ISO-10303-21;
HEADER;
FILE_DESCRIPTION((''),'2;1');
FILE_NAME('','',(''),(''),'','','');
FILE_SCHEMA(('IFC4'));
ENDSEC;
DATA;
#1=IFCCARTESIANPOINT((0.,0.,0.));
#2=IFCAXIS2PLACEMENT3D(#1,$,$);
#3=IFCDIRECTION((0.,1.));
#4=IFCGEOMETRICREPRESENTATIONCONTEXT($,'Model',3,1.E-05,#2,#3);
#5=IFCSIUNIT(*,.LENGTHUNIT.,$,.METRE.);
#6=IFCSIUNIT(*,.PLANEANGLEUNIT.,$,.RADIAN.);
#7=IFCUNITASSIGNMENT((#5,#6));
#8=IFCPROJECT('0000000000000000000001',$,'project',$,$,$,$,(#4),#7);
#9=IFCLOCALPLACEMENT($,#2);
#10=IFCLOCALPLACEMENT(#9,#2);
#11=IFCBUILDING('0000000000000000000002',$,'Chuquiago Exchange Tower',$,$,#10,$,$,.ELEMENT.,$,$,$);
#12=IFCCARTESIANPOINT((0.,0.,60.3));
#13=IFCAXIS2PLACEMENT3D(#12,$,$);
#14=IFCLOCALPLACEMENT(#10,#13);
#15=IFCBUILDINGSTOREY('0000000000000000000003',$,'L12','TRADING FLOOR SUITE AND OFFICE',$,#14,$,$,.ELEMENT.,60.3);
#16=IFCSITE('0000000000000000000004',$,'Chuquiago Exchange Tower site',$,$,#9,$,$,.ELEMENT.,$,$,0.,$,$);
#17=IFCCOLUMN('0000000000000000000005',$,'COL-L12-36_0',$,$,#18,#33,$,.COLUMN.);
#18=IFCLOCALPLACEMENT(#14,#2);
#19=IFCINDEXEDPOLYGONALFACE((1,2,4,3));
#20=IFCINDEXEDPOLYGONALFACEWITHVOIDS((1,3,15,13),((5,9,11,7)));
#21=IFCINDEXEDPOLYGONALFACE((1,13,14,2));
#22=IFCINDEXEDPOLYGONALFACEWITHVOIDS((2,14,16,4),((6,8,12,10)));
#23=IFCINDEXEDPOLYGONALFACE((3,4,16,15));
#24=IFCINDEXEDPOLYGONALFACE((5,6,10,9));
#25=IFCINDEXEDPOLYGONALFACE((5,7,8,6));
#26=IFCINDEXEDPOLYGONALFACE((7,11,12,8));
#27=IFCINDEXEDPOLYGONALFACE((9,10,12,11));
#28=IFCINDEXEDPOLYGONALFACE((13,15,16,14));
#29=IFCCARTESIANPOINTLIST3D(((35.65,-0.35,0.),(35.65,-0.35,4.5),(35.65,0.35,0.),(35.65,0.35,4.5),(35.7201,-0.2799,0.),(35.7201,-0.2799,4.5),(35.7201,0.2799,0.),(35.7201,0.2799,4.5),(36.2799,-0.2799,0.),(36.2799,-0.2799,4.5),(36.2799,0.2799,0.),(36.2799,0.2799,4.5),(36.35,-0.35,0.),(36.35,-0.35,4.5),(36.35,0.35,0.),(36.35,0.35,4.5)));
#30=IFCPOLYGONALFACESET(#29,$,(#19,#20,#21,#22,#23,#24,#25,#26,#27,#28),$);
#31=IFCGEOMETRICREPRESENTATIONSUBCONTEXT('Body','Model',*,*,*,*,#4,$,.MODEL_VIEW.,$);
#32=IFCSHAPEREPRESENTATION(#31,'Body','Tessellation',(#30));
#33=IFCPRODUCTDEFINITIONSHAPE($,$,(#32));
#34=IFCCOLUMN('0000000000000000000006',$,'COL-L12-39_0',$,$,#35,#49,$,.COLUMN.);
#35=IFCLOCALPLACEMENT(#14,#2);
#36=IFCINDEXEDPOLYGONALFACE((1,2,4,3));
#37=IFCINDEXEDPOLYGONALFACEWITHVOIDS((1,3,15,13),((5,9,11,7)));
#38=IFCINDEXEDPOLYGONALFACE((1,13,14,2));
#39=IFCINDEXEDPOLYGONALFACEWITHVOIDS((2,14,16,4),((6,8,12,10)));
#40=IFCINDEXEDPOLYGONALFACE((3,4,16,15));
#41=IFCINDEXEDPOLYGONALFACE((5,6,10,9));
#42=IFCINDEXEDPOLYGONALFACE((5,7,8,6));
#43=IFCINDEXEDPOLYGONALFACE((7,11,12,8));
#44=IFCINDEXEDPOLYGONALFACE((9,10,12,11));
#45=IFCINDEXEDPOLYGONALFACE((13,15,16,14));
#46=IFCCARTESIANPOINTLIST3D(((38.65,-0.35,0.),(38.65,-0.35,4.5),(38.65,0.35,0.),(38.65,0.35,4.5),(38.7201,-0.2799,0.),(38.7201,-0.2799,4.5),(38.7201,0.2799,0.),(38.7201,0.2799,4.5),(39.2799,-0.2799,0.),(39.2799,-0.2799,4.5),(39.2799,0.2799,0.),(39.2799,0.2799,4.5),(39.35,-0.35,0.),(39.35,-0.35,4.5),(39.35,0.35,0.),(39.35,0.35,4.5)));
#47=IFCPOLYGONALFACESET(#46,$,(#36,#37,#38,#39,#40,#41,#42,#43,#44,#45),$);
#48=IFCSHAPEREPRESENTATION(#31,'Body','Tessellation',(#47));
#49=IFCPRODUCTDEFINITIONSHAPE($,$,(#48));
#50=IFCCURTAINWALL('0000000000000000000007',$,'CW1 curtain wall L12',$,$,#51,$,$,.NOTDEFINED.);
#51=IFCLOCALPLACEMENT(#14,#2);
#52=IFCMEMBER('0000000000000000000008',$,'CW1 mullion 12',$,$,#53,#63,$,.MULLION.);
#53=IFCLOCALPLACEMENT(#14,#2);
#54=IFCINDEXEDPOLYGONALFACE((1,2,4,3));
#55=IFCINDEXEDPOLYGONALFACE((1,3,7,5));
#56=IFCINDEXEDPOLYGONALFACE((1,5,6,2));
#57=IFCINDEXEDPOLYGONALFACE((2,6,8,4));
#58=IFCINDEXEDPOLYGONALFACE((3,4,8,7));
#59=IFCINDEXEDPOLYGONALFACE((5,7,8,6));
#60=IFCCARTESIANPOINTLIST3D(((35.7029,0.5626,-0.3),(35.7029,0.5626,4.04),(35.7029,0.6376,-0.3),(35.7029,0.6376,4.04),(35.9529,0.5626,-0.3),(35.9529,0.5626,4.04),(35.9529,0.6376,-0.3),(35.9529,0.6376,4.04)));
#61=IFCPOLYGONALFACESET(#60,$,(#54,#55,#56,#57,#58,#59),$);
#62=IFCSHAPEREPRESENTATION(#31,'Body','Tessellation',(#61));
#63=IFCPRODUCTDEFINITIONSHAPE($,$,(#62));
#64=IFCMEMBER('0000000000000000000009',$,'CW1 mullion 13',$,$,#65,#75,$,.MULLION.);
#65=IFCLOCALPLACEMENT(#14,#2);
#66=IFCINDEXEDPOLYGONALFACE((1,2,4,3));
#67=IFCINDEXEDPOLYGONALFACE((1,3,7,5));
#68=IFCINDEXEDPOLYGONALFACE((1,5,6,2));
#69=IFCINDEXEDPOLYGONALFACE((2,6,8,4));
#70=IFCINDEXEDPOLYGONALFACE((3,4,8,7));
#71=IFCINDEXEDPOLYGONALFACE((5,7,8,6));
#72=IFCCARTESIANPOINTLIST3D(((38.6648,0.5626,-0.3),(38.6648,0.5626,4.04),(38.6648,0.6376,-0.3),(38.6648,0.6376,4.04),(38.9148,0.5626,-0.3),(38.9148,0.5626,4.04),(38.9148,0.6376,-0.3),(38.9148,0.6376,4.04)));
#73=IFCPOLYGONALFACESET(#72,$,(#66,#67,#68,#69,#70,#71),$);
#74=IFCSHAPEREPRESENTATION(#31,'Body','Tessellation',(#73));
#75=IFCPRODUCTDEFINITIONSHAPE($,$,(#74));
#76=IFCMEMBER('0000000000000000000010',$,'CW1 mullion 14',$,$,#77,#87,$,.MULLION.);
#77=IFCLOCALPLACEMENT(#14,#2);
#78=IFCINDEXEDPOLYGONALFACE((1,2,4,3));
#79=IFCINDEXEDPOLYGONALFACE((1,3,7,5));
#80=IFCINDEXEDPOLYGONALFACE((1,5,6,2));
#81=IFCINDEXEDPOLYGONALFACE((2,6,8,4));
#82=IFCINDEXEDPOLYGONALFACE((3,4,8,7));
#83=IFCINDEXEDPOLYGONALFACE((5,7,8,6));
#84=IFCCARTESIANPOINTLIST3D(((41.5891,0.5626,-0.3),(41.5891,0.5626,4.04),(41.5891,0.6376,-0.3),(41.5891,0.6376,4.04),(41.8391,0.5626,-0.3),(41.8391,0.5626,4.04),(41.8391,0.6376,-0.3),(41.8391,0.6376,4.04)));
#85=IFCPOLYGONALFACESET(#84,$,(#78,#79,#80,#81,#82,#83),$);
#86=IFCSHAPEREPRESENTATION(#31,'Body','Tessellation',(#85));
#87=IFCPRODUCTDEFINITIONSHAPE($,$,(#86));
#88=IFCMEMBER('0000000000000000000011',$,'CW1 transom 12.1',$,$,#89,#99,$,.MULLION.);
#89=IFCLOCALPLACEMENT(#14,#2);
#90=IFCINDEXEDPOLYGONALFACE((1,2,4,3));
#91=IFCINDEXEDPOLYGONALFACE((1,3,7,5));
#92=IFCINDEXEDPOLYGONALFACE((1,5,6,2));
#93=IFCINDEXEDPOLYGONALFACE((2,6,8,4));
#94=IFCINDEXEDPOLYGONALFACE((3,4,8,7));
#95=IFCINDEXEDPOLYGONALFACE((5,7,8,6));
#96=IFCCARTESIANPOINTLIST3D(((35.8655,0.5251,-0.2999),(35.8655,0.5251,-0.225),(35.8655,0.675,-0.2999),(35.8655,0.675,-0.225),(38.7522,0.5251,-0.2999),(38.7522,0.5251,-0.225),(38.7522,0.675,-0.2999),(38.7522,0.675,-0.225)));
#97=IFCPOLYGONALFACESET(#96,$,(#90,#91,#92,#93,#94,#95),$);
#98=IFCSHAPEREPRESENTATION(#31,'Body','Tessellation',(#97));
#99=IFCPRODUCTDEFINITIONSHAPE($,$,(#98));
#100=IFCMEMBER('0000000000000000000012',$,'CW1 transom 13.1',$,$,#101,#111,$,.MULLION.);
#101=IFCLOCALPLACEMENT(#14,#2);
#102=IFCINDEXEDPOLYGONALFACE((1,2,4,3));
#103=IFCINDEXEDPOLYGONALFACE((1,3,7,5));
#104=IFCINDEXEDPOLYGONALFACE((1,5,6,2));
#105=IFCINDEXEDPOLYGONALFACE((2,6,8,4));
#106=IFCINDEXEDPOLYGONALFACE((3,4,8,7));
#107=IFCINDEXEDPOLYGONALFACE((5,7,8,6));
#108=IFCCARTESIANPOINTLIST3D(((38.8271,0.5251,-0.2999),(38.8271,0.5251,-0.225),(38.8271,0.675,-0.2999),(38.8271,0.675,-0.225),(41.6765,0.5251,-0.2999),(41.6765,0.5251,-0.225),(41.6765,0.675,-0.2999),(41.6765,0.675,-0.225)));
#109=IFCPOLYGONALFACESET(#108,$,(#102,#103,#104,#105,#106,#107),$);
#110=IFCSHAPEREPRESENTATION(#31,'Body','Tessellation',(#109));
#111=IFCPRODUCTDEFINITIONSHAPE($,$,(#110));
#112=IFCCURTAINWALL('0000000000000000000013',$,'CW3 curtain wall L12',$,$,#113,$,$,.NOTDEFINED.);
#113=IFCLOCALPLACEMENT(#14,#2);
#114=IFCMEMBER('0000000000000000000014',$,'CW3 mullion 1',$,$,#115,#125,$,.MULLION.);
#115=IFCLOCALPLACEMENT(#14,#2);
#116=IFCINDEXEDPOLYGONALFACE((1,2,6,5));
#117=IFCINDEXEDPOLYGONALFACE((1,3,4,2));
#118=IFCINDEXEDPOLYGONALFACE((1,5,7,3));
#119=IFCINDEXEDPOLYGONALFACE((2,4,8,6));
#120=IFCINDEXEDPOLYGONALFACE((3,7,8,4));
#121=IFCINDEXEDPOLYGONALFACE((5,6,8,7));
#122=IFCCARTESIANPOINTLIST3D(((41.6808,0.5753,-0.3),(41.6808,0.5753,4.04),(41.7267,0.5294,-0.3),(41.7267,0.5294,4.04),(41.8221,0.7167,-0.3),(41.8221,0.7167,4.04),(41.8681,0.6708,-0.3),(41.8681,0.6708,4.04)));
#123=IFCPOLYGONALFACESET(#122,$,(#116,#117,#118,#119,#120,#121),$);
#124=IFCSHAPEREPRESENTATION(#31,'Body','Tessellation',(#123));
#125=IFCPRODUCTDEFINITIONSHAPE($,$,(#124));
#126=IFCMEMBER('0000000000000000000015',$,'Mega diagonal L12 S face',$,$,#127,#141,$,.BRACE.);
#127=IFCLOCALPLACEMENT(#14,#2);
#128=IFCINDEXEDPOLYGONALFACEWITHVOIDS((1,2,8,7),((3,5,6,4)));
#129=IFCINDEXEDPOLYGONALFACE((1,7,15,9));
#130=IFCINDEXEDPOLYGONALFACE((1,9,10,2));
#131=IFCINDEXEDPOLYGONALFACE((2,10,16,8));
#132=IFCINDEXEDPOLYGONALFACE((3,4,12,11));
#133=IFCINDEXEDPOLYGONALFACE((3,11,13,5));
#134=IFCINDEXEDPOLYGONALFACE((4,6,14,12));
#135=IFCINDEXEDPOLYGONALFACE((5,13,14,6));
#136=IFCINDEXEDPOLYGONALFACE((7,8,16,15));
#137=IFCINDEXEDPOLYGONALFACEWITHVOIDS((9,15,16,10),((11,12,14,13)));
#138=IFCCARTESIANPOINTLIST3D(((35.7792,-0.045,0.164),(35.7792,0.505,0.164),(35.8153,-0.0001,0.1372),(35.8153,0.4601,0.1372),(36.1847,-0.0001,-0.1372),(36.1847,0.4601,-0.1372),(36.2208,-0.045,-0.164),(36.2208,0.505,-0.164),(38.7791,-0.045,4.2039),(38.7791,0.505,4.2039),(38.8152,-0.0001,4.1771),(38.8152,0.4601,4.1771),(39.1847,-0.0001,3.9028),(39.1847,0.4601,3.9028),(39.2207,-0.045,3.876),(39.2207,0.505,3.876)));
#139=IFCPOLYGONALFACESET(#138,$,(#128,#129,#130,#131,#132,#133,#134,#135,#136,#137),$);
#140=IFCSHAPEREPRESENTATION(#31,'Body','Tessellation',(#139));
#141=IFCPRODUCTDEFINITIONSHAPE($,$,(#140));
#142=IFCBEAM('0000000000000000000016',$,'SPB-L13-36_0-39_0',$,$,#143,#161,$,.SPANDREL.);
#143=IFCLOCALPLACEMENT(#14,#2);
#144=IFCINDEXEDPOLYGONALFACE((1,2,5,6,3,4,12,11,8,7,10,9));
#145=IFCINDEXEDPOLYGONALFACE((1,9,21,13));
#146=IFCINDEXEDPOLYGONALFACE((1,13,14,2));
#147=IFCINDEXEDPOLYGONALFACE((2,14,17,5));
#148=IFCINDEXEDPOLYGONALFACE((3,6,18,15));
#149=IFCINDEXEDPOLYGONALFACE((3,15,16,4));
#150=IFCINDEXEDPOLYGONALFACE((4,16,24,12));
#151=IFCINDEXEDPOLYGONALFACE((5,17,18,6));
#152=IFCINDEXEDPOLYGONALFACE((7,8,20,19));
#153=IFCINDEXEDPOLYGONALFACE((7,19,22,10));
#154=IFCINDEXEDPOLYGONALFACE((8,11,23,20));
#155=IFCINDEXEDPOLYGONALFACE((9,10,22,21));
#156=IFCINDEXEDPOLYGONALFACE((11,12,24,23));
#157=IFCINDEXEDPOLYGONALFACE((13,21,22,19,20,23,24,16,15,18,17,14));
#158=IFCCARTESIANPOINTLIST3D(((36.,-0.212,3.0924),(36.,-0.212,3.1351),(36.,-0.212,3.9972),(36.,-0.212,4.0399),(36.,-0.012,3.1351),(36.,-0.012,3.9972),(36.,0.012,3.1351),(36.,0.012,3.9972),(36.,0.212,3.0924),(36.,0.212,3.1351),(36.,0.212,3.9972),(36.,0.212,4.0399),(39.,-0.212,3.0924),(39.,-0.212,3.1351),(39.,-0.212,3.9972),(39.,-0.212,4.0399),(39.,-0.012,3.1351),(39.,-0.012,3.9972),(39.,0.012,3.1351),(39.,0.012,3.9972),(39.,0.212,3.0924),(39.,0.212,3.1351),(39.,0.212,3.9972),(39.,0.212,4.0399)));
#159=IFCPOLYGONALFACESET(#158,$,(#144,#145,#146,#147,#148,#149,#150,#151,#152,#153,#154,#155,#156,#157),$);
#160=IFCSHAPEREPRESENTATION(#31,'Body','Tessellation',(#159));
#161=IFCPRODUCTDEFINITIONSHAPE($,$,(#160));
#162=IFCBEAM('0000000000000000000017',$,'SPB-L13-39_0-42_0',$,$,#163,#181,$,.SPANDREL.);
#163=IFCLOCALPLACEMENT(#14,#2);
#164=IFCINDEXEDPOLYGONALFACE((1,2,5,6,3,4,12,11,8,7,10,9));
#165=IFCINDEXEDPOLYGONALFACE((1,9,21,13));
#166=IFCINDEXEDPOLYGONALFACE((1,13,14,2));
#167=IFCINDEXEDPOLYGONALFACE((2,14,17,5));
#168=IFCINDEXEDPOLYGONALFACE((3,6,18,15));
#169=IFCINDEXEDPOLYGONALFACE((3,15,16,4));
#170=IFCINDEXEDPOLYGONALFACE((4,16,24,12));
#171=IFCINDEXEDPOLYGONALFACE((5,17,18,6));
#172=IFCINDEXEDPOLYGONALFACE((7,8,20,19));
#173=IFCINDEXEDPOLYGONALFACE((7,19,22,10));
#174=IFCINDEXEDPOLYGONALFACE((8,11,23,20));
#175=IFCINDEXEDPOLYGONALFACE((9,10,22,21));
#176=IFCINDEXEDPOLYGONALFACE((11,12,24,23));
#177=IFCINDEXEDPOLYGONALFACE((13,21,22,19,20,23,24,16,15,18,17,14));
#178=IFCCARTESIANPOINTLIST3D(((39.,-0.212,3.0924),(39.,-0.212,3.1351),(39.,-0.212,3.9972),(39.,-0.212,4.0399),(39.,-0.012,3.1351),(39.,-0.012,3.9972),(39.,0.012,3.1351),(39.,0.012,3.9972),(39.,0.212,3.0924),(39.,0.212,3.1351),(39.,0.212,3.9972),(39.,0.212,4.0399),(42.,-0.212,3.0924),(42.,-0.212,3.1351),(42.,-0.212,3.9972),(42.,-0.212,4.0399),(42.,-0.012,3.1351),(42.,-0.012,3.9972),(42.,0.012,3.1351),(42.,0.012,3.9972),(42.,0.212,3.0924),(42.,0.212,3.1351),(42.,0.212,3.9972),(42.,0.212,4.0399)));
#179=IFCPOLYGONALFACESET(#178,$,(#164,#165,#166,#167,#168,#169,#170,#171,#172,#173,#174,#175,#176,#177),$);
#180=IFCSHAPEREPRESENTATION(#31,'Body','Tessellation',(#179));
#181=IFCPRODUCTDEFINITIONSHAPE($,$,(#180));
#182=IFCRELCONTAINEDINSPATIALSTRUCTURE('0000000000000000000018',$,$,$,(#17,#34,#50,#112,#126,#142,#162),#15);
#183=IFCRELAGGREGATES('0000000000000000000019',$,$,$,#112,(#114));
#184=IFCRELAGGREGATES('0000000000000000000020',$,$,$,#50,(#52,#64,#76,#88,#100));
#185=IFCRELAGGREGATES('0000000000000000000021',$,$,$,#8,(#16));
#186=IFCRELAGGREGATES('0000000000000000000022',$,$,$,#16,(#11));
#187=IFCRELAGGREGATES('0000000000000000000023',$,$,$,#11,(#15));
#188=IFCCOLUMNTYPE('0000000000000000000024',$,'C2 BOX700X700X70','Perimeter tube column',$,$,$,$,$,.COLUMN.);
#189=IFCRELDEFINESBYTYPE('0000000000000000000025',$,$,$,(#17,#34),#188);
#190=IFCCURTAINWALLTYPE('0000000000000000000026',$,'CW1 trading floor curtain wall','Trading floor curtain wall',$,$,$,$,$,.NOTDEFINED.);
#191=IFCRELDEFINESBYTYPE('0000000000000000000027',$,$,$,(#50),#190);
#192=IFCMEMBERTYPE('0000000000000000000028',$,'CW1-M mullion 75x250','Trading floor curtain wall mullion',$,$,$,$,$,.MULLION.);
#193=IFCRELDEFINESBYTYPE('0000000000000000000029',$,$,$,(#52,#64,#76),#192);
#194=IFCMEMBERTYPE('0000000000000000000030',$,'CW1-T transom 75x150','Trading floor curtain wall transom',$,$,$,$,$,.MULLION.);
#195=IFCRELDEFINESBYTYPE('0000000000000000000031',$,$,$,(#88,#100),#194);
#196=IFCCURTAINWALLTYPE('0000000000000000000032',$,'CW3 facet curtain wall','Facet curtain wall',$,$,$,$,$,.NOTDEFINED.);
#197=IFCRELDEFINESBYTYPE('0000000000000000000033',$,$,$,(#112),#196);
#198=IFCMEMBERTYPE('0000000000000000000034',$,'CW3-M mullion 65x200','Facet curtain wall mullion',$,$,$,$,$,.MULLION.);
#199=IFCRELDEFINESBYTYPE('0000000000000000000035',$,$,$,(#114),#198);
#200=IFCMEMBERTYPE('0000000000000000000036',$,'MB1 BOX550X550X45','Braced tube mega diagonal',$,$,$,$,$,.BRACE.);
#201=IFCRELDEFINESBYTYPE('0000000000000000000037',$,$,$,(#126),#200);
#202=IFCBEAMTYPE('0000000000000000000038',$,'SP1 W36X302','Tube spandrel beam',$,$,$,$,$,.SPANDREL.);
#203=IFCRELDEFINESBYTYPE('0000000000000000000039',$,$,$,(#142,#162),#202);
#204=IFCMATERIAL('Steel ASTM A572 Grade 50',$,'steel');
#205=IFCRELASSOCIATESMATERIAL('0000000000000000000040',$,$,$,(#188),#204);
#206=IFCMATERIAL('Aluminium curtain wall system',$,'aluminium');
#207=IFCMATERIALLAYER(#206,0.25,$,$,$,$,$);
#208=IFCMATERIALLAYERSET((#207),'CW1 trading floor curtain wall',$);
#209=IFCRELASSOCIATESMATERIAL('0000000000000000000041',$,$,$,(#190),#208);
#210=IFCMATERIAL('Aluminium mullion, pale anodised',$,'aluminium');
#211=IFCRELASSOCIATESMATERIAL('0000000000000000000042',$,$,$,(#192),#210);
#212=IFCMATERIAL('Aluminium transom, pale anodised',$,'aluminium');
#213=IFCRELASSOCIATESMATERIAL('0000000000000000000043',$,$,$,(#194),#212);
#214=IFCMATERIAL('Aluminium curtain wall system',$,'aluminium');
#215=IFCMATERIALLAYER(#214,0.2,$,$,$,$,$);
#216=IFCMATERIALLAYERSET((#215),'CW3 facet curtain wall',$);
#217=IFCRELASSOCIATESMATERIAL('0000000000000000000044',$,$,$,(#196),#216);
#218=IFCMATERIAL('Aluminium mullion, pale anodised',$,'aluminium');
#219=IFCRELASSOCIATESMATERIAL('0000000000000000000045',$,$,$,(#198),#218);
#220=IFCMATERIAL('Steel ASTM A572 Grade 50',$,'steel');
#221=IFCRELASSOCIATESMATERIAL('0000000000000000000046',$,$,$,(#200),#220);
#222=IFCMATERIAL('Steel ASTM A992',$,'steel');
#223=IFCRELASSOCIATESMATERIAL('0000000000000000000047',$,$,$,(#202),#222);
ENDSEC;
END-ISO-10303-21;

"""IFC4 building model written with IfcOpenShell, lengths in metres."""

from ifc_helpers import new_model, si_unit, direction, frame, origin, origin_2d, place, context, subcontext, project, spatial, rectangle, hollow_rectangle, i_section, extrude, material, layer, layer_set, material_profile, profile_set, type_object, element, aggregate, save


model = new_model("IFC4")

# Units and contexts
model_context = context("Model", 3, precision=1e-05, world=origin(), true_north=direction((0.0, 1.0)))
body_context = subcontext(model_context, "Body", "Model", "MODEL_VIEW")
ifc_project = project(units=[si_unit("LENGTHUNIT", "METRE"), si_unit("PLANEANGLEUNIT", "RADIAN")], contexts=[model_context])

# Site, building, storey
site_placement = place(None, origin())
site = spatial("IfcSite", under=ifc_project, at=site_placement, Name="Chuquiago Exchange Tower site", CompositionType="ELEMENT", RefElevation=0.0)
building_placement = place(site_placement, origin())
building = spatial("IfcBuilding", under=site, at=building_placement, Name="Chuquiago Exchange Tower", CompositionType="ELEMENT")
storey_placement = place(building_placement, frame((0.0, 0.0, 60.3)))
storey = spatial("IfcBuildingStorey", under=building, at=storey_placement, Name="L12", Description="TRADING FLOOR SUITE AND OFFICE", CompositionType="ELEMENT", Elevation=60.3)

# Columns
ifc_material_1 = material(Name="Steel ASTM A572 Grade 50", Category="steel")
ifc_material_profile_1 = material_profile(ifc_material_1, hollow_rectangle(XDim=0.7, YDim=0.7, WallThickness=0.0701, at=origin_2d()), Name="BOX700X700X70")
ifc_profile_set_1 = profile_set([ifc_material_profile_1], Name="Steel ASTM A572 Grade 50")
column_type = type_object("IfcColumnType", Name="C2 BOX700X700X70", Description="Perimeter tube column", PredefinedType="COLUMN", material=ifc_profile_set_1)
for number, where, z_axis, x_axis, name in (
    (1, (36.0, 0.0, 0.0), (0.0, 0.0, 1.0), (0.0, -1.0, 0.0), "COL-L12-36_0"),
    (2, (39.0, 0.0, 0.0), (0.0, 0.0, 1.0), (0.0, -1.0, 0.0), "COL-L12-39_0"),
):
    element("IfcColumn", number, at=place(storey_placement, frame(where, z_axis=z_axis, x_axis=x_axis)), inside=storey, type_object=column_type, Name=name, PredefinedType="COLUMN", context=body_context, shape_type="SweptSolid", body=[
        extrude(hollow_rectangle(XDim=0.7, YDim=0.7, WallThickness=0.0701, at=origin_2d()), origin(), (0.0, 0.0, 1.0), 4.5),
    ])

# Curtain wall, members
ifc_material_2 = material(Name="Aluminium curtain wall system", Category="aluminium")
ifc_layer_1 = layer(ifc_material_2, 0.25)
ifc_layer_set_1 = layer_set([ifc_layer_1], Name="CW1 trading floor curtain wall")
curtain_wall_type_1 = type_object("IfcCurtainWallType", Name="CW1 trading floor curtain wall", Description="Trading floor curtain wall", PredefinedType="NOTDEFINED", material=ifc_layer_set_1)
curtain_wall_1_placement = place(storey_placement, origin())
curtain_wall_1 = element("IfcCurtainWall", 3, at=curtain_wall_1_placement, inside=storey, type_object=curtain_wall_type_1, Name="CW1 curtain wall L12", PredefinedType="NOTDEFINED")
ifc_material_3 = material(Name="Aluminium mullion, pale anodised", Category="aluminium")
ifc_material_profile_2 = material_profile(ifc_material_3, rectangle(XDim=0.075, YDim=0.25, at=origin_2d()), Name="AL 75x250")
ifc_profile_set_2 = profile_set([ifc_material_profile_2], Name="Aluminium mullion, pale anodised")
member_type_1 = type_object("IfcMemberType", Name="CW1-M mullion 75x250", Description="Trading floor curtain wall mullion", PredefinedType="MULLION", material=ifc_profile_set_2)
member_1_placement = place(storey_placement, frame((35.8279, 0.6001, -0.3), z_axis=(0.0, 0.0, 1.0), x_axis=(0.0, 1.0, 0.0)))
member_1 = element("IfcMember", 4, at=member_1_placement, type_object=member_type_1, Name="CW1 mullion 12", PredefinedType="MULLION", context=body_context, shape_type="SweptSolid", body=[
    extrude(rectangle(XDim=0.075, YDim=0.25, at=origin_2d()), origin(), (0.0, 0.0, 1.0), 4.3401),
])
member_2_placement = place(storey_placement, frame((38.7898, 0.6001, -0.3), z_axis=(0.0, 0.0, 1.0), x_axis=(0.0, 1.0, 0.0)))
member_2 = element("IfcMember", 5, at=member_2_placement, type_object=member_type_1, Name="CW1 mullion 13", PredefinedType="MULLION", context=body_context, shape_type="SweptSolid", body=[
    extrude(rectangle(XDim=0.075, YDim=0.25, at=origin_2d()), origin(), (0.0, 0.0, 1.0), 4.3401),
])
member_3_placement = place(storey_placement, frame((41.7141, 0.6001, -0.3), z_axis=(0.0, 0.0, 1.0), x_axis=(0.0, 1.0, 0.0)))
member_3 = element("IfcMember", 6, at=member_3_placement, type_object=member_type_1, Name="CW1 mullion 14", PredefinedType="MULLION", context=body_context, shape_type="SweptSolid", body=[
    extrude(rectangle(XDim=0.075, YDim=0.25, at=origin_2d()), origin(), (0.0, 0.0, 1.0), 4.3401),
])
ifc_material_4 = material(Name="Aluminium transom, pale anodised", Category="aluminium")
ifc_material_profile_3 = material_profile(ifc_material_4, rectangle(XDim=0.1499, YDim=0.075, at=origin_2d()), Name="AL 150x75")
ifc_profile_set_3 = profile_set([ifc_material_profile_3], Name="Aluminium transom, pale anodised")
member_type_2 = type_object("IfcMemberType", Name="CW1-T transom 75x150", Description="Trading floor curtain wall transom", PredefinedType="MULLION", material=ifc_profile_set_3)
member_4_placement = place(storey_placement, frame((35.8655, 0.6001, -0.2625), z_axis=(1.0, 0.0, 0.0), x_axis=(0.0, 1.0, 0.0)))
member_4 = element("IfcMember", 7, at=member_4_placement, type_object=member_type_2, Name="CW1 transom 12.1", PredefinedType="MULLION", context=body_context, shape_type="SweptSolid", body=[
    extrude(rectangle(XDim=0.1499, YDim=0.075, at=origin_2d()), origin(), (0.0, 0.0, 1.0), 2.8867),
])
member_5_placement = place(storey_placement, frame((38.8271, 0.6001, -0.2625), z_axis=(1.0, 0.0, 0.0), x_axis=(0.0, 1.0, 0.0)))
member_5 = element("IfcMember", 8, at=member_5_placement, type_object=member_type_2, Name="CW1 transom 13.1", PredefinedType="MULLION", context=body_context, shape_type="SweptSolid", body=[
    extrude(rectangle(XDim=0.1499, YDim=0.075, at=origin_2d()), origin(), (0.0, 0.0, 1.0), 2.8494),
])

# Curtain wall, member
ifc_material_5 = material(Name="Aluminium curtain wall system", Category="aluminium")
ifc_layer_2 = layer(ifc_material_5, 0.2)
ifc_layer_set_2 = layer_set([ifc_layer_2], Name="CW3 facet curtain wall")
curtain_wall_type_2 = type_object("IfcCurtainWallType", Name="CW3 facet curtain wall", Description="Facet curtain wall", PredefinedType="NOTDEFINED", material=ifc_layer_set_2)
curtain_wall_2_placement = place(storey_placement, origin())
curtain_wall_2 = element("IfcCurtainWall", 9, at=curtain_wall_2_placement, inside=storey, type_object=curtain_wall_type_2, Name="CW3 curtain wall L12", PredefinedType="NOTDEFINED")
ifc_material_6 = material(Name="Aluminium mullion, pale anodised", Category="aluminium")
ifc_material_profile_4 = material_profile(ifc_material_6, rectangle(XDim=0.0649, YDim=0.2, at=origin_2d()), Name="AL 65x200")
ifc_profile_set_4 = profile_set([ifc_material_profile_4], Name="Aluminium mullion, pale anodised")
member_type_3 = type_object("IfcMemberType", Name="CW3-M mullion 65x200", Description="Facet curtain wall mullion", PredefinedType="MULLION", material=ifc_profile_set_4)
member_6_placement = place(storey_placement, frame((41.7744, 0.623, -0.3), z_axis=(0.0, 0.0, 1.0), x_axis=(-0.707107, 0.707107, 0.0)))
member_6 = element("IfcMember", 10, at=member_6_placement, type_object=member_type_3, Name="CW3 mullion 1", PredefinedType="MULLION", context=body_context, shape_type="SweptSolid", body=[
    extrude(rectangle(XDim=0.0649, YDim=0.2, at=origin_2d()), origin(), (0.0, 0.0, 1.0), 4.3401),
])
aggregate(curtain_wall_2, [member_6])

# Member
ifc_material_7 = material(Name="Steel ASTM A572 Grade 50", Category="steel")
ifc_material_profile_5 = material_profile(ifc_material_7, hollow_rectangle(XDim=0.55, YDim=0.55, WallThickness=0.0449, at=origin_2d()), Name="BOX550X550X45")
ifc_profile_set_5 = profile_set([ifc_material_profile_5], Name="Steel ASTM A572 Grade 50")
member_type_4 = type_object("IfcMemberType", Name="MB1 BOX550X550X45", Description="Braced tube mega diagonal", PredefinedType="BRACE", material=ifc_profile_set_5)
member_7_placement = place(storey_placement, frame((36.0, 0.23, 0.0), z_axis=(0.596174, 0.0, 0.802855), x_axis=(0.0, 1.0, 0.0)))
element("IfcMember", 11, at=member_7_placement, inside=storey, type_object=member_type_4, Name="Mega diagonal L12 S face", PredefinedType="BRACE", context=body_context, shape_type="SweptSolid", body=[
    extrude(hollow_rectangle(XDim=0.55, YDim=0.55, WallThickness=0.0449, at=origin_2d()), origin(), (0.0, 0.0, 1.0), 5.032),
])

# Beams
ifc_material_8 = material(Name="Steel ASTM A992", Category="steel")
ifc_material_profile_6 = material_profile(ifc_material_8, i_section(OverallWidth=0.4241, OverallDepth=0.9475, WebThickness=0.0239, FlangeThickness=0.0427, at=origin_2d()), Name="W36X302")
ifc_profile_set_6 = profile_set([ifc_material_profile_6], Name="Steel ASTM A992")
beam_type = type_object("IfcBeamType", Name="SP1 W36X302", Description="Tube spandrel beam", PredefinedType="SPANDREL", material=ifc_profile_set_6)
for number, where, z_axis, x_axis, name in (
    (12, (36.0, 0.0, 3.5662), (1.0, 0.0, 0.0), (0.0, 1.0, 0.0), "SPB-L13-36_0-39_0"),
    (13, (39.0, 0.0, 3.5662), (1.0, 0.0, 0.0), (0.0, 1.0, 0.0), "SPB-L13-39_0-42_0"),
):
    element("IfcBeam", number, at=place(storey_placement, frame(where, z_axis=z_axis, x_axis=x_axis)), inside=storey, type_object=beam_type, Name=name, PredefinedType="SPANDREL", context=body_context, shape_type="SweptSolid", body=[
        extrude(i_section(OverallWidth=0.4241, OverallDepth=0.9475, WebThickness=0.0239, FlangeThickness=0.0427, at=origin_2d()), origin(), (0.0, 0.0, 1.0), 3.0),
    ])

aggregate(curtain_wall_1, [member_1, member_2, member_3, member_4, member_5])

save(model, "model.ifc")
